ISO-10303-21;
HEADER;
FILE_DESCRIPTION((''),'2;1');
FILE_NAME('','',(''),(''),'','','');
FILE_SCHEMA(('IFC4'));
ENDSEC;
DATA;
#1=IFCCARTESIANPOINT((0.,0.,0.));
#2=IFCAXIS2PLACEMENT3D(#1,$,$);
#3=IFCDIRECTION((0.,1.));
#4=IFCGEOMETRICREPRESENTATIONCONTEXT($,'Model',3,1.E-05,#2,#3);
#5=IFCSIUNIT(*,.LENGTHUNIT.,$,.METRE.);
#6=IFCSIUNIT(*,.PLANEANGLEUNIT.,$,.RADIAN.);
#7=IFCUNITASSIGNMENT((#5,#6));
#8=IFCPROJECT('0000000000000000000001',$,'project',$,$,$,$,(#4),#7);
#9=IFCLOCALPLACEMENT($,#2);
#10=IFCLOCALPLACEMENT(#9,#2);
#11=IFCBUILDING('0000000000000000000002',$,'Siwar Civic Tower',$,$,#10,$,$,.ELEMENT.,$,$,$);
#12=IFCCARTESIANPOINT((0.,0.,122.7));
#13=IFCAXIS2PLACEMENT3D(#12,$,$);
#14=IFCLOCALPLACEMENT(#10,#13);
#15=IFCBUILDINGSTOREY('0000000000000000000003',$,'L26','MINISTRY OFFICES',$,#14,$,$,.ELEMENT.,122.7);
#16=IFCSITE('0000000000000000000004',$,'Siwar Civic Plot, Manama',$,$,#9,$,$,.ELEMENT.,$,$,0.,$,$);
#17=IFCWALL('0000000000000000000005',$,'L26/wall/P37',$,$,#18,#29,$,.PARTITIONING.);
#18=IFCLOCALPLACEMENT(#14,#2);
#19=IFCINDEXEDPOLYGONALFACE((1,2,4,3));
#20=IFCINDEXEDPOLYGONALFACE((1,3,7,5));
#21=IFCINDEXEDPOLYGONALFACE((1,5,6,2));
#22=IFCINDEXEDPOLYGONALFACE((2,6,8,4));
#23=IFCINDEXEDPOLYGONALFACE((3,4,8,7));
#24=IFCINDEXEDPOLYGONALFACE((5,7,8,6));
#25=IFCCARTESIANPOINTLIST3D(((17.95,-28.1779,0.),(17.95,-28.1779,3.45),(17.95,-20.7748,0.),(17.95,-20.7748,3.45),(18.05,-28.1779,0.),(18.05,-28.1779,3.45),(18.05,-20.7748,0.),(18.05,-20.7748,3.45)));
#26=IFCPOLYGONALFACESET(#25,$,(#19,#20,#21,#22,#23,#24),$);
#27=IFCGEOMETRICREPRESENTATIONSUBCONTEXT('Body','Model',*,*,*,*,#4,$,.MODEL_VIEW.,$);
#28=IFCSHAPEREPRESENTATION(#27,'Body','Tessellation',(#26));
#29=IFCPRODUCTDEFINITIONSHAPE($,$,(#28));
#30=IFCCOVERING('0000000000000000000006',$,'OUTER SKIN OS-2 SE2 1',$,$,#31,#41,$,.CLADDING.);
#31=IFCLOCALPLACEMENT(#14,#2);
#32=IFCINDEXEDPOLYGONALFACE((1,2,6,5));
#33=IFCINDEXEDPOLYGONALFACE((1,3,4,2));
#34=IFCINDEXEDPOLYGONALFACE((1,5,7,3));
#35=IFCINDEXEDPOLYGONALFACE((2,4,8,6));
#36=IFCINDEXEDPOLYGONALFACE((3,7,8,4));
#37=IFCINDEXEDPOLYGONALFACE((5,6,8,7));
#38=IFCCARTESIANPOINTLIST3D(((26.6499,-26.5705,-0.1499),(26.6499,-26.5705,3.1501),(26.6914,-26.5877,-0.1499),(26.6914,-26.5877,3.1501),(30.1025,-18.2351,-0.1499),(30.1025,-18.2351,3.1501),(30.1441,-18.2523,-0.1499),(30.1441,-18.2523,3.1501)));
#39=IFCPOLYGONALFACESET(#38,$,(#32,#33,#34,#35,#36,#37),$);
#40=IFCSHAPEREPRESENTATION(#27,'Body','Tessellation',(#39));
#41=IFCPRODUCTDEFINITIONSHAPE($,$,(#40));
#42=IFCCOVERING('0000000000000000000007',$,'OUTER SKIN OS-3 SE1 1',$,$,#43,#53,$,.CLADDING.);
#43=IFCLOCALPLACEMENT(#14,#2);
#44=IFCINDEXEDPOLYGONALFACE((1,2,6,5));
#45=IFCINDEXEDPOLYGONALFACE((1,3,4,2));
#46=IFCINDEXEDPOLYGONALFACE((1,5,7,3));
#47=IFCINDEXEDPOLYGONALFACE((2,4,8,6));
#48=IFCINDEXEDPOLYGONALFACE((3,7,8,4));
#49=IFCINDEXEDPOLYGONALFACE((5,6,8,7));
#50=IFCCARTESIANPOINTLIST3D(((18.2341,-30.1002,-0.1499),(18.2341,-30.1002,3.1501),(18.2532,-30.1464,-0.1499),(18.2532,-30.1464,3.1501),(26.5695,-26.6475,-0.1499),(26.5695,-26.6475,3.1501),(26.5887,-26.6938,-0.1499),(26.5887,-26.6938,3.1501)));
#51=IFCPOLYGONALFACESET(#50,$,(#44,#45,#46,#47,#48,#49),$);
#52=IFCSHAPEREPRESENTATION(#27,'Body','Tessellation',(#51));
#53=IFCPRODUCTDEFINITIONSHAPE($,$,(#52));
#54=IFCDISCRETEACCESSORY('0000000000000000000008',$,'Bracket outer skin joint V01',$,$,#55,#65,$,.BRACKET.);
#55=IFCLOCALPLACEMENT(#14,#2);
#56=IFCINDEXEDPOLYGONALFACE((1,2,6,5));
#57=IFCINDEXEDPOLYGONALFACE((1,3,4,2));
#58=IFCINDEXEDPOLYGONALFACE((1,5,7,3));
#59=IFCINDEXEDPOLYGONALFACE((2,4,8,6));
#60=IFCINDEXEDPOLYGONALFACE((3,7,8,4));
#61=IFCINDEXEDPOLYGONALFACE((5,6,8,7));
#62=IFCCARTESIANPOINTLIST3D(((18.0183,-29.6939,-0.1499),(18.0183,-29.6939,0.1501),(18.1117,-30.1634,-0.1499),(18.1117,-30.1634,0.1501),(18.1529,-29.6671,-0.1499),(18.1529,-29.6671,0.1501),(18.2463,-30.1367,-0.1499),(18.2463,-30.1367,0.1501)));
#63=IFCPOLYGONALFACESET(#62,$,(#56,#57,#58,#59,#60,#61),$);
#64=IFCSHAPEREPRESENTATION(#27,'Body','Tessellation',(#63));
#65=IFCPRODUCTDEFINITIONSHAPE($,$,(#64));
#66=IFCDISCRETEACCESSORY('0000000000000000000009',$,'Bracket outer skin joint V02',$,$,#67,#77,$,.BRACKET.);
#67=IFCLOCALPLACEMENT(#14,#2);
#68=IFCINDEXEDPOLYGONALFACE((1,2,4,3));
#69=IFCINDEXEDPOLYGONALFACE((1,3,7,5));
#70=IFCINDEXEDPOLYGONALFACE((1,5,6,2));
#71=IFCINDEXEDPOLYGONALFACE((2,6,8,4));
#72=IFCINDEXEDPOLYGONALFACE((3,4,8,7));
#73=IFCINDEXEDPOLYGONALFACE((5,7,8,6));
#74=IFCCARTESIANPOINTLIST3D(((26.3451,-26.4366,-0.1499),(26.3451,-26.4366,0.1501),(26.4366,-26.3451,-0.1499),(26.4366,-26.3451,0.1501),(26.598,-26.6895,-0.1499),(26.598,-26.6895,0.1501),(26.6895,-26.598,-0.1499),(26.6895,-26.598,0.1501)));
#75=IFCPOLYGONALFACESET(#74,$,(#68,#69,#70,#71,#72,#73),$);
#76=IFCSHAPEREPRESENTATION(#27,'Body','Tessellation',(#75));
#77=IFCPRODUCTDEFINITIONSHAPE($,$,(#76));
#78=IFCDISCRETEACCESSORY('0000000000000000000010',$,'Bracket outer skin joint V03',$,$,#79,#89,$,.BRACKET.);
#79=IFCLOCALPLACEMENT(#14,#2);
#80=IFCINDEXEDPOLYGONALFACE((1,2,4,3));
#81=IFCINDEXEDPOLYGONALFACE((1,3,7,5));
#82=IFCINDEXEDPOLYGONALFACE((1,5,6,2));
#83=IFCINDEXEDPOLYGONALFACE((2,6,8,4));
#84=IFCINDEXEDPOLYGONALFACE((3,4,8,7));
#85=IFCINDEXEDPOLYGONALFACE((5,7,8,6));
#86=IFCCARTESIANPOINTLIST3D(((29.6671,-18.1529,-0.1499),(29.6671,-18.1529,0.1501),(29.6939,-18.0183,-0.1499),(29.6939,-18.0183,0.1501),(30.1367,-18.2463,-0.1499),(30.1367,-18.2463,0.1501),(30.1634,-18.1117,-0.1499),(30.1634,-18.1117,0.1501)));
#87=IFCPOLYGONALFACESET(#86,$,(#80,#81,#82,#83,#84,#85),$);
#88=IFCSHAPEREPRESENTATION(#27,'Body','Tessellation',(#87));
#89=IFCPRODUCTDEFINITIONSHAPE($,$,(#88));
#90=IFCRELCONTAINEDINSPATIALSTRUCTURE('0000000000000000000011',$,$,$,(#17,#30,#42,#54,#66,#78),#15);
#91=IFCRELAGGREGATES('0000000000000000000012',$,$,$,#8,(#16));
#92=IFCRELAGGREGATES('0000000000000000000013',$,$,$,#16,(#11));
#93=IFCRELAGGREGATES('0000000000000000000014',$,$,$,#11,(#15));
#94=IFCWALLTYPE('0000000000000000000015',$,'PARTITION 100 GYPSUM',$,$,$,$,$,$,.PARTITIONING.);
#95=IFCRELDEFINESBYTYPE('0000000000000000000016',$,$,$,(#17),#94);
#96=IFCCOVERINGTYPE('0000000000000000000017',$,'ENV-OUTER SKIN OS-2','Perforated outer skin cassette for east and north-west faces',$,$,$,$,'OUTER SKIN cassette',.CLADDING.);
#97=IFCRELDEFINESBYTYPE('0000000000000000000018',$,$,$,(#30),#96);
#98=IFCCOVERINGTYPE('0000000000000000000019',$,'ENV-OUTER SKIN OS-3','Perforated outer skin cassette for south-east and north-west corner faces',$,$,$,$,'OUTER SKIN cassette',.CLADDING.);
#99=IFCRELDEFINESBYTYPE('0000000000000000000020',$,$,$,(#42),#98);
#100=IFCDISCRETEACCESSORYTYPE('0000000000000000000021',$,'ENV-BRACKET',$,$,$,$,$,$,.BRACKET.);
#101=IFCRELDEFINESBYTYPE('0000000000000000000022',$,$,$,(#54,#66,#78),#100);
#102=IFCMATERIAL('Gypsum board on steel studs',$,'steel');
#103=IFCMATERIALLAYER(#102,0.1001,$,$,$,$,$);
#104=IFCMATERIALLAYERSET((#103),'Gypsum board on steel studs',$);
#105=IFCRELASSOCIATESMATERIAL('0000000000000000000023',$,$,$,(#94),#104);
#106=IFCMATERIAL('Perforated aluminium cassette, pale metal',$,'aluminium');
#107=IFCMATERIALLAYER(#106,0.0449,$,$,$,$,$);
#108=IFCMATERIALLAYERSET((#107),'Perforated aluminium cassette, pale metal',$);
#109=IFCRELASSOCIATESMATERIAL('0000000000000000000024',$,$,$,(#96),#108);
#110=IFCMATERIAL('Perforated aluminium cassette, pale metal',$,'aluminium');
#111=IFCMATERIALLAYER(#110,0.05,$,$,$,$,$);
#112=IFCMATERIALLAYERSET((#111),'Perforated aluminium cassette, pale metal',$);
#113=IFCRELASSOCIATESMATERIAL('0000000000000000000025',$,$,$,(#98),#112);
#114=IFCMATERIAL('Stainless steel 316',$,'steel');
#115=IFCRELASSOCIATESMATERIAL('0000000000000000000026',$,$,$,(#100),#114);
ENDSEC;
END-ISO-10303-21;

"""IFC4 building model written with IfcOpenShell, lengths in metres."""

from ifc_helpers import new_model, si_unit, direction, frame, frame_2d, origin, origin_2d, place, context, subcontext, project, spatial, rectangle, extrude, material, layer, layer_set, type_object, element, save


model = new_model("IFC4")

# Units and contexts
model_context = context("Model", 3, precision=1e-05, world=origin(), true_north=direction((0.0, 1.0)))
body_context = subcontext(model_context, "Body", "Model", "MODEL_VIEW")
ifc_project = project(units=[si_unit("LENGTHUNIT", "METRE"), si_unit("PLANEANGLEUNIT", "RADIAN")], contexts=[model_context])

# Site, building, storey
site_placement = place(None, origin())
site = spatial("IfcSite", under=ifc_project, at=site_placement, Name="Siwar Civic Plot, Manama", CompositionType="ELEMENT", RefElevation=0.0)
building_placement = place(site_placement, origin())
building = spatial("IfcBuilding", under=site, at=building_placement, Name="Siwar Civic Tower", CompositionType="ELEMENT")
storey_placement = place(building_placement, frame((0.0, 0.0, 122.7)))
storey = spatial("IfcBuildingStorey", under=building, at=storey_placement, Name="L26", Description="MINISTRY OFFICES", CompositionType="ELEMENT", Elevation=122.7)

# Wall
ifc_material_1 = material(Name="Gypsum board on steel studs", Category="steel")
ifc_layer_1 = layer(ifc_material_1, 0.1001)
ifc_layer_set_1 = layer_set([ifc_layer_1], Name="Gypsum board on steel studs")
wall_type = type_object("IfcWallType", Name="PARTITION 100 GYPSUM", PredefinedType="PARTITIONING", material=ifc_layer_set_1)
wall_placement = place(storey_placement, frame((18.0, -28.178, 0.0), z_axis=(0.0, 0.0, 1.0), x_axis=(0.0, 1.0, 0.0)))
element("IfcWall", 1, at=wall_placement, inside=storey, type_object=wall_type, Name="L26/wall/P37", PredefinedType="PARTITIONING", context=body_context, shape_type="SweptSolid", body=[
    extrude(rectangle(XDim=7.4031, YDim=0.1001, at=frame_2d((3.7017, 0.0))), origin(), (0.0, 0.0, 1.0), 3.45),
])

# Coverings
ifc_material_2 = material(Name="Perforated aluminium cassette, pale metal", Category="aluminium")
ifc_layer_2 = layer(ifc_material_2, 0.0449)
ifc_layer_set_2 = layer_set([ifc_layer_2], Name="Perforated aluminium cassette, pale metal")
covering_type_1 = type_object("IfcCoveringType", Name="ENV-OUTER SKIN OS-2", Description="Perforated outer skin cassette for east and north-west faces", ElementType="OUTER SKIN cassette", PredefinedType="CLADDING", material=ifc_layer_set_2)
covering_1_placement = place(storey_placement, frame((28.397, -22.4114, -0.1499), z_axis=(0.0, 0.0, 1.0), x_axis=(0.382683, 0.92388, 0.0)))
element("IfcCovering", 2, at=covering_1_placement, inside=storey, type_object=covering_type_1, Name="OUTER SKIN OS-2 SE2 1", PredefinedType="CLADDING", context=body_context, shape_type="SweptSolid", body=[
    extrude(rectangle(XDim=9.0222, YDim=0.0449, at=origin_2d()), origin(), (0.0, 0.0, 1.0), 3.3),
])
ifc_material_3 = material(Name="Perforated aluminium cassette, pale metal", Category="aluminium")
ifc_layer_3 = layer(ifc_material_3, 0.05)
ifc_layer_set_3 = layer_set([ifc_layer_3], Name="Perforated aluminium cassette, pale metal")
covering_type_2 = type_object("IfcCoveringType", Name="ENV-OUTER SKIN OS-3", Description="Perforated outer skin cassette for south-east and north-west corner faces", ElementType="OUTER SKIN cassette", PredefinedType="CLADDING", material=ifc_layer_set_3)
covering_2_placement = place(storey_placement, frame((22.4114, -28.397, -0.1499), z_axis=(0.0, 0.0, 1.0), x_axis=(0.92388, 0.382683, 0.0)))
element("IfcCovering", 3, at=covering_2_placement, inside=storey, type_object=covering_type_2, Name="OUTER SKIN OS-3 SE1 1", PredefinedType="CLADDING", context=body_context, shape_type="SweptSolid", body=[
    extrude(rectangle(XDim=9.0222, YDim=0.05, at=origin_2d()), origin(), (0.0, 0.0, 1.0), 3.3),
])

# Discrete accessories
ifc_material_4 = material(Name="Stainless steel 316", Category="steel")
discrete_accessory_type = type_object("IfcDiscreteAccessoryType", Name="ENV-BRACKET", PredefinedType="BRACKET", material=ifc_material_4)
discrete_accessory_1_placement = place(storey_placement, frame((18.1323, -29.9153, -0.1499), z_axis=(0.0, 0.0, 1.0), x_axis=(0.19509, -0.980785, 0.0)))
element("IfcDiscreteAccessory", 4, at=discrete_accessory_1_placement, inside=storey, type_object=discrete_accessory_type, Name="Bracket outer skin joint V01", PredefinedType="BRACKET", context=body_context, shape_type="SweptSolid", body=[
    extrude(rectangle(XDim=0.4788, YDim=0.1372, at=origin_2d()), origin(), (0.0, 0.0, 1.0), 0.3),
])
discrete_accessory_2_placement = place(storey_placement, frame((26.5173, -26.5173, -0.1499), z_axis=(0.0, 0.0, 1.0), x_axis=(0.707107, -0.707107, 0.0)))
element("IfcDiscreteAccessory", 5, at=discrete_accessory_2_placement, inside=storey, type_object=discrete_accessory_type, Name="Bracket outer skin joint V02", PredefinedType="BRACKET", context=body_context, shape_type="SweptSolid", body=[
    extrude(rectangle(XDim=0.3577, YDim=0.1294, at=origin_2d()), origin(), (0.0, 0.0, 1.0), 0.3),
])
discrete_accessory_3_placement = place(storey_placement, frame((29.9153, -18.1323, -0.1499), z_axis=(0.0, 0.0, 1.0), x_axis=(0.980785, -0.19509, 0.0)))
element("IfcDiscreteAccessory", 6, at=discrete_accessory_3_placement, inside=storey, type_object=discrete_accessory_type, Name="Bracket outer skin joint V03", PredefinedType="BRACKET", context=body_context, shape_type="SweptSolid", body=[
    extrude(rectangle(XDim=0.4788, YDim=0.1372, at=origin_2d()), origin(), (0.0, 0.0, 1.0), 0.3),
])

save(model, "model.ifc")
